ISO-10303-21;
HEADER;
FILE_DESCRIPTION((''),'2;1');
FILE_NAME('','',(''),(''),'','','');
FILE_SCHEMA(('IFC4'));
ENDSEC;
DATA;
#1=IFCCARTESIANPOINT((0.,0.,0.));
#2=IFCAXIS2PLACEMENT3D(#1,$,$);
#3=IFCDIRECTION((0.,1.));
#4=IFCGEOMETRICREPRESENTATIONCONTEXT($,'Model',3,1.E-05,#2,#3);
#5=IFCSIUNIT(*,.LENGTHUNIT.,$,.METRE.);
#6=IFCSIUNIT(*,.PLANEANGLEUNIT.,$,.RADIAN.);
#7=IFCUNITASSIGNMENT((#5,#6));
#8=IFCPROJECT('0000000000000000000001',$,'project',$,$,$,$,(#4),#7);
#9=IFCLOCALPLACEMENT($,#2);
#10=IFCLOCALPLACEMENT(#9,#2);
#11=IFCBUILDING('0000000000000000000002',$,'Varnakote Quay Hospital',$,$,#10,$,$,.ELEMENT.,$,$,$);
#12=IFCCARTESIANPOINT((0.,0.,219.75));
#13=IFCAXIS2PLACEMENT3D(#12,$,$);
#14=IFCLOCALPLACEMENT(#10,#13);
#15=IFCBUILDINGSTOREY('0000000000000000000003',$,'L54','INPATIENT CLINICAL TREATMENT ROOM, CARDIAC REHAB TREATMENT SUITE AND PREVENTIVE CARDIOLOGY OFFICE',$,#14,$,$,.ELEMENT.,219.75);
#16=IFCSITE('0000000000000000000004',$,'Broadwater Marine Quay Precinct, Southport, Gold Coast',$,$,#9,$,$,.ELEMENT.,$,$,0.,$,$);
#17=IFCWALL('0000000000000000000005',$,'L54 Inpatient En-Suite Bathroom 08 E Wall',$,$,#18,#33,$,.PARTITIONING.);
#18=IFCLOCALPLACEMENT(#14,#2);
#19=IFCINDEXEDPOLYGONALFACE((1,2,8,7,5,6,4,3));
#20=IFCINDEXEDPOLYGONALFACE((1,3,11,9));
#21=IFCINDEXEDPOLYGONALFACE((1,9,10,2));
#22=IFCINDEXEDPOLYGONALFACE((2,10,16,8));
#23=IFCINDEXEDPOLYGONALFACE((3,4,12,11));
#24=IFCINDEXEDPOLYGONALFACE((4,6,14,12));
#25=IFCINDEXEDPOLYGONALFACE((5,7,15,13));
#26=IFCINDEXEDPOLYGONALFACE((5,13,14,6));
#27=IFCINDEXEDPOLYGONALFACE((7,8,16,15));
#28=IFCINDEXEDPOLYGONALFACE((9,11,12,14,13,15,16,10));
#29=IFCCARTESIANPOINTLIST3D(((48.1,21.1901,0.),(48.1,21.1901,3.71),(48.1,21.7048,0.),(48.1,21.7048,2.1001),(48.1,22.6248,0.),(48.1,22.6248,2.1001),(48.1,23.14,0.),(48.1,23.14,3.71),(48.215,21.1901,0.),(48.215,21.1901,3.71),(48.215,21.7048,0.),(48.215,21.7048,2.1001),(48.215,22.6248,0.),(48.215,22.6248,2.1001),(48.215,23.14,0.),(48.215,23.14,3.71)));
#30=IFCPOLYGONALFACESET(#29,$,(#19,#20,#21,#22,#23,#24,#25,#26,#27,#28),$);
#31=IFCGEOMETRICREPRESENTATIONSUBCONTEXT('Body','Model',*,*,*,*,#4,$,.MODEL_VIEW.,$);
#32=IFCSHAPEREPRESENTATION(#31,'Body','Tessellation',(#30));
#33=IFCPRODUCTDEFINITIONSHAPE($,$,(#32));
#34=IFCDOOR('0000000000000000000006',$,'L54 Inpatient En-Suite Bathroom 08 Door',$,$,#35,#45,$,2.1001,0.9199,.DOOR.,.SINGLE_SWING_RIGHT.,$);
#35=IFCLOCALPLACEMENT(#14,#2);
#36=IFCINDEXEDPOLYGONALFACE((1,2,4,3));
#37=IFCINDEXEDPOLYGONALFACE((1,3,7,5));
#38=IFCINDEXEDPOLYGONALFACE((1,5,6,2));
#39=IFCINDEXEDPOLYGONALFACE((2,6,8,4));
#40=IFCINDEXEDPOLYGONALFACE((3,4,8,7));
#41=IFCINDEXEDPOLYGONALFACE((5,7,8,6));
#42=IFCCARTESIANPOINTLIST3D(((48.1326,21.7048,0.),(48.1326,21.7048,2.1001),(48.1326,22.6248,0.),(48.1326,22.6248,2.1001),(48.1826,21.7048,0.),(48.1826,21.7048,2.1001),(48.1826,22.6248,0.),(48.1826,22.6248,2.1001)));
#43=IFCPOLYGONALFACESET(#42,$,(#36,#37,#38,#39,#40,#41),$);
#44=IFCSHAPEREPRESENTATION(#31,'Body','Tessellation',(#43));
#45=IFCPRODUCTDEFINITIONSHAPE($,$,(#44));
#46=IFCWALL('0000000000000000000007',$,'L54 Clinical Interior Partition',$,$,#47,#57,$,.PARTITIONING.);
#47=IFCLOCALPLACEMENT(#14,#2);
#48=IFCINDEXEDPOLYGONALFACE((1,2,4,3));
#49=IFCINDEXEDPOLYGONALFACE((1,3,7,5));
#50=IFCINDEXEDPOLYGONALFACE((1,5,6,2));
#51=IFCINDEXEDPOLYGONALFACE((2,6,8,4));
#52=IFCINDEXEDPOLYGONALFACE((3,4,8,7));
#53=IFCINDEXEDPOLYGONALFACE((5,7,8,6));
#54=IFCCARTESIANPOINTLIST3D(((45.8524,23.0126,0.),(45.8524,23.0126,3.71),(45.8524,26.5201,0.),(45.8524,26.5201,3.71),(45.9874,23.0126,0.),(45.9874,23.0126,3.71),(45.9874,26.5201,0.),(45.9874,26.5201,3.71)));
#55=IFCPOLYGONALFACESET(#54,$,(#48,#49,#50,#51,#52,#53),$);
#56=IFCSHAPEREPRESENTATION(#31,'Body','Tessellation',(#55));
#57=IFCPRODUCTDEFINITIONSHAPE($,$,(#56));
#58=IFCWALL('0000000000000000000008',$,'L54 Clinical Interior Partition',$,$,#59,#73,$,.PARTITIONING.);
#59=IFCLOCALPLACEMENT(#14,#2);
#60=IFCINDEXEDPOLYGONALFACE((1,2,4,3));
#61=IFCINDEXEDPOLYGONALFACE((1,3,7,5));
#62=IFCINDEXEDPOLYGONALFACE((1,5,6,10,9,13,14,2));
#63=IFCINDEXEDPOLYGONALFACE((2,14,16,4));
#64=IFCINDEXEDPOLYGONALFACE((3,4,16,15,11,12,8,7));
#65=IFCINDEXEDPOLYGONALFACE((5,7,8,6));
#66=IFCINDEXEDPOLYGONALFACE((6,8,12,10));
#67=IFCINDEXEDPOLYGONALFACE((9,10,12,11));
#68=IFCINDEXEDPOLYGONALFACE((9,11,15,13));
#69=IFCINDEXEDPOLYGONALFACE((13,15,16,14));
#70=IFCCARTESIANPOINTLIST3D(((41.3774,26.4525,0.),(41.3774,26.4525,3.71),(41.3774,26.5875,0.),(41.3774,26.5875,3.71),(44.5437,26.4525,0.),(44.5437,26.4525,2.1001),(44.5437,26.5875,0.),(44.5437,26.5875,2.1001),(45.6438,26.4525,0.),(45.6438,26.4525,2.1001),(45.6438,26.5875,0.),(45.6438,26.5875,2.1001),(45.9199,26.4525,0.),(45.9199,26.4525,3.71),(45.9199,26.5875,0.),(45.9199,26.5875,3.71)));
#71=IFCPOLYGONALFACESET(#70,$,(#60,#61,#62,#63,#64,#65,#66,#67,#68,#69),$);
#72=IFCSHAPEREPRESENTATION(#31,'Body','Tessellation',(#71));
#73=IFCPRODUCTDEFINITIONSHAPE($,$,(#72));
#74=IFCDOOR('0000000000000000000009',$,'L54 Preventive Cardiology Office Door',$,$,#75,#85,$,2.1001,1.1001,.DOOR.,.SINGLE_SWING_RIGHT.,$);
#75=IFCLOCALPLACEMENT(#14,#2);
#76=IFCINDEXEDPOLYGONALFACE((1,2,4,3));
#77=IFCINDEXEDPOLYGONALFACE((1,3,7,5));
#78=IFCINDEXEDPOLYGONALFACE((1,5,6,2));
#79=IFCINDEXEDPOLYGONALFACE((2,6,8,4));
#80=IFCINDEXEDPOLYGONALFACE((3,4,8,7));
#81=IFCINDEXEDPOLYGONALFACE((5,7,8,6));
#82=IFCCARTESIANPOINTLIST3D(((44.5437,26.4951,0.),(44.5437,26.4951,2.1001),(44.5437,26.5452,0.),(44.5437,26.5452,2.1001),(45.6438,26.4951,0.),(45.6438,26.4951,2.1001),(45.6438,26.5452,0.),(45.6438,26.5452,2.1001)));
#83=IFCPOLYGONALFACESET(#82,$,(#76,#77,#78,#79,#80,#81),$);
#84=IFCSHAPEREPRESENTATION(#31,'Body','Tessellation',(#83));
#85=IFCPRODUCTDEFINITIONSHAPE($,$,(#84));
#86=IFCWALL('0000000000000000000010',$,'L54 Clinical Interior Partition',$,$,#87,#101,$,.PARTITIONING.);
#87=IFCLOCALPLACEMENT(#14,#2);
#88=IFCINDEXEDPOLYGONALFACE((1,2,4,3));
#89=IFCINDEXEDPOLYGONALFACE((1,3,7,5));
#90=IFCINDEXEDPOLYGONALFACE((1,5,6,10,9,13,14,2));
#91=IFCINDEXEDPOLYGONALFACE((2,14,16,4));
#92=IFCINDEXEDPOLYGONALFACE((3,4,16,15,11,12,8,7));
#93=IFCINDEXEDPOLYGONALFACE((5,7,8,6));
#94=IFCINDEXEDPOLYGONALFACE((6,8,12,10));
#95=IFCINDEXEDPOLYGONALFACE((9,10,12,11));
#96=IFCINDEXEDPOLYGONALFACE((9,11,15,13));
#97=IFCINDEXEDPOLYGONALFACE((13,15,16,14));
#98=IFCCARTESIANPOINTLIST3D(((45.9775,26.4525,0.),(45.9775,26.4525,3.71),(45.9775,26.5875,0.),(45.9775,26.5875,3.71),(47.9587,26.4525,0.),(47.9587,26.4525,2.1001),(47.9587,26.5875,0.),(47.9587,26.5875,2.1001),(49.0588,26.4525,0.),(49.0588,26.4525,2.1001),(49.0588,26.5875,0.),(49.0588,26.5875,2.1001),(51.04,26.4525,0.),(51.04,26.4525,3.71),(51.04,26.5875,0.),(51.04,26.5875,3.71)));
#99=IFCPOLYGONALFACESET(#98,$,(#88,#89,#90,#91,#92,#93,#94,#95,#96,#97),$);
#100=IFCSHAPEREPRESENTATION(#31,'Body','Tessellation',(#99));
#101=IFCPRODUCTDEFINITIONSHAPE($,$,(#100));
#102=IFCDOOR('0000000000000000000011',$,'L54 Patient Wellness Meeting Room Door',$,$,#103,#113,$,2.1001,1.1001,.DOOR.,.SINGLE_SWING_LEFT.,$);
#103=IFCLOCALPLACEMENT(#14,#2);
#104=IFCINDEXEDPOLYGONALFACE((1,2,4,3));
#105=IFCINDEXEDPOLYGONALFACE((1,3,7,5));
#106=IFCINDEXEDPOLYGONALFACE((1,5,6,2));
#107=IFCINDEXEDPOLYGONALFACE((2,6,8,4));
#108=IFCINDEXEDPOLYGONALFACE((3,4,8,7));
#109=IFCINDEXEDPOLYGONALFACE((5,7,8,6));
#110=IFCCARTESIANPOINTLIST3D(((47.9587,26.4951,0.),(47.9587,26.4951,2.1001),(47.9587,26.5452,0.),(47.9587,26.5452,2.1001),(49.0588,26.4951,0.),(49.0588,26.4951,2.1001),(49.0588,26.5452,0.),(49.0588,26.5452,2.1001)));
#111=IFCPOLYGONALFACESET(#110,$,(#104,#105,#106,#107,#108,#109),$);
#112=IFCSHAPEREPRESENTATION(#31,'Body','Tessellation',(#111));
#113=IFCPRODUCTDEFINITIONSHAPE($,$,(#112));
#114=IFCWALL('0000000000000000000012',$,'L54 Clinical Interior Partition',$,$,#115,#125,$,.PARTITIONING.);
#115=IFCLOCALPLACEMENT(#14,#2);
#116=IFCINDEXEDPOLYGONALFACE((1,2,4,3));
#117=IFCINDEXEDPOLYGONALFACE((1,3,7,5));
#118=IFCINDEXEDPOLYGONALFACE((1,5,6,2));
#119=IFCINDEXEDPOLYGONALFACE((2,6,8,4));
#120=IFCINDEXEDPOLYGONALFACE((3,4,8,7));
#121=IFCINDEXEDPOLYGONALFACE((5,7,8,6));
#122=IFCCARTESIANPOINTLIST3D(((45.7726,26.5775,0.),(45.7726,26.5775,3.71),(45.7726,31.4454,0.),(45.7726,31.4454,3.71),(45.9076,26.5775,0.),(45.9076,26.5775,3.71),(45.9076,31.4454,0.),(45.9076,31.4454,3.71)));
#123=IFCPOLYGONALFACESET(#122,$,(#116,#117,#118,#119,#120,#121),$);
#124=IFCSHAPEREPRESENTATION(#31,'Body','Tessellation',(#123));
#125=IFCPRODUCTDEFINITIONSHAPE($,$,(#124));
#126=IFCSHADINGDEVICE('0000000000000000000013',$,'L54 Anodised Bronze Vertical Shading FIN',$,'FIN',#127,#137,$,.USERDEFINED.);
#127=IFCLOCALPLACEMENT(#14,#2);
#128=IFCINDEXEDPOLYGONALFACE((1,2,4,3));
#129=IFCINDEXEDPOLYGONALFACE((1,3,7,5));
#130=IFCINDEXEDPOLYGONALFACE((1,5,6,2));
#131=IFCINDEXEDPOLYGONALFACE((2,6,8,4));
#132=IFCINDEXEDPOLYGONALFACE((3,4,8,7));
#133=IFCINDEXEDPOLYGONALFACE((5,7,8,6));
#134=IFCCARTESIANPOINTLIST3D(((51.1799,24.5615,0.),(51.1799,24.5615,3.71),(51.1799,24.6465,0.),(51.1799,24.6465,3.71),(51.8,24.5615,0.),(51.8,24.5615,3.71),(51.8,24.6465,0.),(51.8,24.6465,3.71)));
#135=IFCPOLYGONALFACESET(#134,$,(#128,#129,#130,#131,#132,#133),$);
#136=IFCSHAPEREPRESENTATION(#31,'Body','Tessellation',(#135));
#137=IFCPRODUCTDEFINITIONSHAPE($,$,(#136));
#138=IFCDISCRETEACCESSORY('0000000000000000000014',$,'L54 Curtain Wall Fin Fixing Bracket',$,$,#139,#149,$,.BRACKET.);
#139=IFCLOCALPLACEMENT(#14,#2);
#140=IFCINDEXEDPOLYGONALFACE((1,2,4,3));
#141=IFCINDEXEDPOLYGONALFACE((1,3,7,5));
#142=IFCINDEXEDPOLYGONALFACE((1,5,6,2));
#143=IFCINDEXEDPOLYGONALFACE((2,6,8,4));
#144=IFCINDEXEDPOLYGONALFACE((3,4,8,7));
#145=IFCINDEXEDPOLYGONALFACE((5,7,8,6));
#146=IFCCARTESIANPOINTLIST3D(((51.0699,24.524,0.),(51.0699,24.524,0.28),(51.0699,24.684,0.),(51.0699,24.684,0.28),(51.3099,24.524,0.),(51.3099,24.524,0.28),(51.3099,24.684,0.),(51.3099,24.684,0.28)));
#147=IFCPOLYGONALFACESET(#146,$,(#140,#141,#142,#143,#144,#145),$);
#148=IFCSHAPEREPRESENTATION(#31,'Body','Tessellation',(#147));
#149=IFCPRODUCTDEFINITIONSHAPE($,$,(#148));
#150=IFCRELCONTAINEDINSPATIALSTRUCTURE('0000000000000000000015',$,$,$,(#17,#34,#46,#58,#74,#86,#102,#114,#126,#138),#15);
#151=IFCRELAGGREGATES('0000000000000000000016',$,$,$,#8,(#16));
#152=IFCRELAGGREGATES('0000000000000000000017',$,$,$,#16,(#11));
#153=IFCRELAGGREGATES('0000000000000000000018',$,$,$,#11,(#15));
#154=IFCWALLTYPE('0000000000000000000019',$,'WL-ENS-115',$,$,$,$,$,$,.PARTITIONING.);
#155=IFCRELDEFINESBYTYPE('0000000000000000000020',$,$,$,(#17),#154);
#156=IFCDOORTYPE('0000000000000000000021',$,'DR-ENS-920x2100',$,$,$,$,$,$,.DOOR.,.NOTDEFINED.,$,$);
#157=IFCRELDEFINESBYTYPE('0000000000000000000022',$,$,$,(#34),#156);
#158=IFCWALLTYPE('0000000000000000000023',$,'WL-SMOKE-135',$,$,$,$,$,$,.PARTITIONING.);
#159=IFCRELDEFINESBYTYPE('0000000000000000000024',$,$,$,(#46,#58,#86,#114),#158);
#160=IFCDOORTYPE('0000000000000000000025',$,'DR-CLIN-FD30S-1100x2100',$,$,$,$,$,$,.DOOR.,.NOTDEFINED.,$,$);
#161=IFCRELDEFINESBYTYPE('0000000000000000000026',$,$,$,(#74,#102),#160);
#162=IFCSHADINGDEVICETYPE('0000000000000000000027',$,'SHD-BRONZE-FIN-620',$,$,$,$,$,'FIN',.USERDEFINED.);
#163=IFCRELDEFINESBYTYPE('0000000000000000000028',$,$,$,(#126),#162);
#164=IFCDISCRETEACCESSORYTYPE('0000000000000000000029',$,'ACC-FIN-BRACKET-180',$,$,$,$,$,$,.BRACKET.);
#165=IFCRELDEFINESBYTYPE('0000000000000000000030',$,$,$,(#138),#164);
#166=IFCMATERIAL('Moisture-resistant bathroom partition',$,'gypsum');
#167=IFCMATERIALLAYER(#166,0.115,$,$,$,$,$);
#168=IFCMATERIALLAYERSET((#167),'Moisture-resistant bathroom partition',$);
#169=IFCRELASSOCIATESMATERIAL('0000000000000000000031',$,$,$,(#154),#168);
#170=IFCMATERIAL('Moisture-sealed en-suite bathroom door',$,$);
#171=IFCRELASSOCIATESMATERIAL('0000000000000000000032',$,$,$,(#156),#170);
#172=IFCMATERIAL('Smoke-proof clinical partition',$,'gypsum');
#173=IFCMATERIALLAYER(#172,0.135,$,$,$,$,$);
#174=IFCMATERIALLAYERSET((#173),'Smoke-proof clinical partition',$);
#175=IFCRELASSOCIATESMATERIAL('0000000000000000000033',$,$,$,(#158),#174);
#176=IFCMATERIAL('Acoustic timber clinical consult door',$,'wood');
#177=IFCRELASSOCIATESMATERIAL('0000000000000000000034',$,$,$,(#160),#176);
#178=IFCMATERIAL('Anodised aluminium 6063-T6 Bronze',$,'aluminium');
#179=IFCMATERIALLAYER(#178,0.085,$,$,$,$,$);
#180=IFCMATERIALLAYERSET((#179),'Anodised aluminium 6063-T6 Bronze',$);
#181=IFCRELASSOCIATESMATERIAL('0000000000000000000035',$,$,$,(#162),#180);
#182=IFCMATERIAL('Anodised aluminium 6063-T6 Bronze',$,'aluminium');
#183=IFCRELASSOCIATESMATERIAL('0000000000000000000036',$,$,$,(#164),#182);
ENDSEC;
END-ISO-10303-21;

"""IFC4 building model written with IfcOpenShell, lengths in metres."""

from ifc_helpers import new_model, si_unit, direction, frame, frame_2d, origin, origin_2d, place, context, subcontext, project, spatial, rectangle, extrude, material, layer, layer_set, type_object, element, fill, save


model = new_model("IFC4")

# Units and contexts
model_context = context("Model", 3, precision=1e-05, world=origin(), true_north=direction((0.0, 1.0)))
body_context = subcontext(model_context, "Body", "Model", "MODEL_VIEW")
ifc_project = project(units=[si_unit("LENGTHUNIT", "METRE"), si_unit("PLANEANGLEUNIT", "RADIAN")], contexts=[model_context])

# Site, building, storey
site_placement = place(None, origin())
site = spatial("IfcSite", under=ifc_project, at=site_placement, Name="Broadwater Marine Quay Precinct, Southport, Gold Coast", CompositionType="ELEMENT", RefElevation=0.0)
building_placement = place(site_placement, origin())
building = spatial("IfcBuilding", under=site, at=building_placement, Name="Varnakote Quay Hospital", CompositionType="ELEMENT")
storey_placement = place(building_placement, frame((0.0, 0.0, 219.75)))
storey = spatial("IfcBuildingStorey", under=building, at=storey_placement, Name="L54", Description="INPATIENT CLINICAL TREATMENT ROOM, CARDIAC REHAB TREATMENT SUITE AND PREVENTIVE CARDIOLOGY OFFICE", CompositionType="ELEMENT", Elevation=219.75)

# Shared definitions
ifc_material_1 = material(Name="Moisture-resistant bathroom partition", Category="gypsum")
ifc_layer_1 = layer(ifc_material_1, 0.115)
ifc_layer_set_1 = layer_set([ifc_layer_1], Name="Moisture-resistant bathroom partition")
wall_type_1 = type_object("IfcWallType", Name="WL-ENS-115", PredefinedType="PARTITIONING", material=ifc_layer_set_1)
ifc_material_2 = material(Name="Moisture-sealed en-suite bathroom door")
door_type_1 = type_object("IfcDoorType", Name="DR-ENS-920x2100", OperationType="NOTDEFINED", PredefinedType="DOOR", material=ifc_material_2)

# Wall, opening, door
wall_1_placement = place(storey_placement, frame((48.1575, 21.1899, 0.0), z_axis=(0.0, 0.0, 1.0), x_axis=(0.0, 1.0, 0.0)))
wall_1 = element("IfcWall", 1, at=wall_1_placement, inside=storey, type_object=wall_type_1, Name="L54 Inpatient En-Suite Bathroom 08 E Wall", PredefinedType="PARTITIONING", context=body_context, shape_type="SweptSolid", body=[
    extrude(rectangle(XDim=1.95, YDim=0.115, at=frame_2d((0.9751, 0.0))), origin(), (0.0, 0.0, 1.0), 3.71),
])
opening_1_placement = place(wall_1_placement, frame((0.5149, 0.0, 0.0)))
opening_1 = element("IfcOpeningElement", 2, at=opening_1_placement, cuts=wall_1, PredefinedType="OPENING", context=body_context, shape_type="SweptSolid", body=[
    extrude(rectangle(XDim=0.9199, YDim=2.1001, at=frame_2d((0.46, 1.05))), frame((0.0, 0.0674, 0.0), z_axis=(0.0, -1.0, 0.0), x_axis=(1.0, 0.0, 0.0)), (0.0, 0.0, 1.0), 0.135),
])
door_1_placement = place(opening_1_placement, origin())
door_1 = element("IfcDoor", 3, at=door_1_placement, inside=storey, type_object=door_type_1, Name="L54 Inpatient En-Suite Bathroom 08 Door", OperationType="SINGLE_SWING_RIGHT", OverallHeight=2.1001, OverallWidth=0.9199, PredefinedType="DOOR", context=body_context, shape_type="SweptSolid", body=[
    extrude(rectangle(XDim=0.9199, YDim=2.1001, at=frame_2d((0.46, 1.05))), frame((0.0, 0.0249, 0.0), z_axis=(0.0, -1.0, 0.0), x_axis=(1.0, 0.0, 0.0)), (0.0, 0.0, 1.0), 0.05),
])
fill(opening_1, door_1)

# Wall
ifc_material_3 = material(Name="Smoke-proof clinical partition", Category="gypsum")
ifc_layer_2 = layer(ifc_material_3, 0.135)
ifc_layer_set_2 = layer_set([ifc_layer_2], Name="Smoke-proof clinical partition")
wall_type_2 = type_object("IfcWallType", Name="WL-SMOKE-135", PredefinedType="PARTITIONING", material=ifc_layer_set_2)
wall_2_placement = place(storey_placement, frame((45.9199, 23.0125, 0.0), z_axis=(0.0, 0.0, 1.0), x_axis=(0.0, 1.0, 0.0)))
element("IfcWall", 4, at=wall_2_placement, inside=storey, type_object=wall_type_2, Name="L54 Clinical Interior Partition", PredefinedType="PARTITIONING", context=body_context, shape_type="SweptSolid", body=[
    extrude(rectangle(XDim=3.5076, YDim=0.135, at=frame_2d((1.7539, 0.0))), origin(), (0.0, 0.0, 1.0), 3.71),
])

# Walls, openings, doors
wall_3_placement = place(storey_placement, frame((45.9199, 26.52, 0.0), z_axis=(0.0, 0.0, 1.0), x_axis=(-1.0, 0.0, 0.0)))
wall_3 = element("IfcWall", 5, at=wall_3_placement, inside=storey, type_object=wall_type_2, Name="L54 Clinical Interior Partition", PredefinedType="PARTITIONING", context=body_context, shape_type="SweptSolid", body=[
    extrude(rectangle(XDim=4.5425, YDim=0.135, at=frame_2d((2.2712, 0.0))), origin(), (0.0, 0.0, 1.0), 3.71),
])
opening_2_placement = place(wall_3_placement, frame((0.2761, 0.0, 0.0)))
opening_2 = element("IfcOpeningElement", 6, at=opening_2_placement, cuts=wall_3, PredefinedType="OPENING", context=body_context, shape_type="SweptSolid", body=[
    extrude(rectangle(XDim=1.1001, YDim=2.1001, at=frame_2d((0.55, 1.05))), frame((0.0, 0.0774, 0.0), z_axis=(0.0, -1.0, 0.0), x_axis=(1.0, 0.0, 0.0)), (0.0, 0.0, 1.0), 0.155),
])
ifc_material_4 = material(Name="Acoustic timber clinical consult door", Category="wood")
door_type_2 = type_object("IfcDoorType", Name="DR-CLIN-FD30S-1100x2100", OperationType="NOTDEFINED", PredefinedType="DOOR", material=ifc_material_4)
door_2_placement = place(opening_2_placement, origin())
door_2 = element("IfcDoor", 7, at=door_2_placement, inside=storey, type_object=door_type_2, Name="L54 Preventive Cardiology Office Door", OperationType="SINGLE_SWING_RIGHT", OverallHeight=2.1001, OverallWidth=1.1001, PredefinedType="DOOR", context=body_context, shape_type="SweptSolid", body=[
    extrude(rectangle(XDim=1.1001, YDim=2.1001, at=frame_2d((0.55, 1.05))), frame((0.0, 0.0249, 0.0), z_axis=(0.0, -1.0, 0.0), x_axis=(1.0, 0.0, 0.0)), (0.0, 0.0, 1.0), 0.05),
])
fill(opening_2, door_2)
wall_4_placement = place(storey_placement, frame((51.04, 26.52, 0.0), z_axis=(0.0, 0.0, 1.0), x_axis=(-1.0, 0.0, 0.0)))
wall_4 = element("IfcWall", 8, at=wall_4_placement, inside=storey, type_object=wall_type_2, Name="L54 Clinical Interior Partition", PredefinedType="PARTITIONING", context=body_context, shape_type="SweptSolid", body=[
    extrude(rectangle(XDim=5.0625, YDim=0.135, at=frame_2d((2.5312, 0.0))), origin(), (0.0, 0.0, 1.0), 3.71),
])
opening_3_placement = place(wall_4_placement, frame((1.9812, 0.0, 0.0)))
opening_3 = element("IfcOpeningElement", 9, at=opening_3_placement, cuts=wall_4, PredefinedType="OPENING", context=body_context, shape_type="SweptSolid", body=[
    extrude(rectangle(XDim=1.1001, YDim=2.1001, at=frame_2d((0.55, 1.05))), frame((0.0, 0.0774, 0.0), z_axis=(0.0, -1.0, 0.0), x_axis=(1.0, 0.0, 0.0)), (0.0, 0.0, 1.0), 0.155),
])
door_3_placement = place(opening_3_placement, origin())
door_3 = element("IfcDoor", 10, at=door_3_placement, inside=storey, type_object=door_type_2, Name="L54 Patient Wellness Meeting Room Door", OperationType="SINGLE_SWING_LEFT", OverallHeight=2.1001, OverallWidth=1.1001, PredefinedType="DOOR", context=body_context, shape_type="SweptSolid", body=[
    extrude(rectangle(XDim=1.1001, YDim=2.1001, at=frame_2d((0.55, 1.05))), frame((0.0, 0.0249, 0.0), z_axis=(0.0, -1.0, 0.0), x_axis=(1.0, 0.0, 0.0)), (0.0, 0.0, 1.0), 0.05),
])
fill(opening_3, door_3)

# Wall
wall_5_placement = place(storey_placement, frame((45.8401, 26.5774, 0.0), z_axis=(0.0, 0.0, 1.0), x_axis=(0.0, 1.0, 0.0)))
element("IfcWall", 11, at=wall_5_placement, inside=storey, type_object=wall_type_2, Name="L54 Clinical Interior Partition", PredefinedType="PARTITIONING", context=body_context, shape_type="SweptSolid", body=[
    extrude(rectangle(XDim=4.8679, YDim=0.135, at=frame_2d((2.4341, 0.0))), origin(), (0.0, 0.0, 1.0), 3.71),
])

# Shading device
ifc_material_5 = material(Name="Anodised aluminium 6063-T6 Bronze", Category="aluminium")
ifc_layer_3 = layer(ifc_material_5, 0.085)
ifc_layer_set_3 = layer_set([ifc_layer_3], Name="Anodised aluminium 6063-T6 Bronze")
shading_device_type = type_object("IfcShadingDeviceType", Name="SHD-BRONZE-FIN-620", ElementType="FIN", PredefinedType="USERDEFINED", material=ifc_layer_set_3)
shading_device_placement = place(storey_placement, frame((51.49, 24.604, 0.0), z_axis=(0.0, 0.0, 1.0), x_axis=(-1.0, 0.0, 0.0)))
element("IfcShadingDevice", 12, at=shading_device_placement, inside=storey, type_object=shading_device_type, Name="L54 Anodised Bronze Vertical Shading FIN", ObjectType="FIN", PredefinedType="USERDEFINED", context=body_context, shape_type="SweptSolid", body=[
    extrude(rectangle(XDim=0.6201, YDim=0.085, at=origin_2d()), origin(), (0.0, 0.0, 1.0), 3.71),
])

# Discrete accessory
ifc_material_6 = material(Name="Anodised aluminium 6063-T6 Bronze", Category="aluminium")
discrete_accessory_type = type_object("IfcDiscreteAccessoryType", Name="ACC-FIN-BRACKET-180", PredefinedType="BRACKET", material=ifc_material_6)
discrete_accessory_placement = place(storey_placement, frame((51.1899, 24.604, 0.0), z_axis=(0.0, 0.0, 1.0), x_axis=(0.0, 1.0, 0.0)))
element("IfcDiscreteAccessory", 13, at=discrete_accessory_placement, inside=storey, type_object=discrete_accessory_type, Name="L54 Curtain Wall Fin Fixing Bracket", PredefinedType="BRACKET", context=body_context, shape_type="SweptSolid", body=[
    extrude(rectangle(XDim=0.1599, YDim=0.24, at=origin_2d()), origin(), (0.0, 0.0, 1.0), 0.28),
])

save(model, "model.ifc")
